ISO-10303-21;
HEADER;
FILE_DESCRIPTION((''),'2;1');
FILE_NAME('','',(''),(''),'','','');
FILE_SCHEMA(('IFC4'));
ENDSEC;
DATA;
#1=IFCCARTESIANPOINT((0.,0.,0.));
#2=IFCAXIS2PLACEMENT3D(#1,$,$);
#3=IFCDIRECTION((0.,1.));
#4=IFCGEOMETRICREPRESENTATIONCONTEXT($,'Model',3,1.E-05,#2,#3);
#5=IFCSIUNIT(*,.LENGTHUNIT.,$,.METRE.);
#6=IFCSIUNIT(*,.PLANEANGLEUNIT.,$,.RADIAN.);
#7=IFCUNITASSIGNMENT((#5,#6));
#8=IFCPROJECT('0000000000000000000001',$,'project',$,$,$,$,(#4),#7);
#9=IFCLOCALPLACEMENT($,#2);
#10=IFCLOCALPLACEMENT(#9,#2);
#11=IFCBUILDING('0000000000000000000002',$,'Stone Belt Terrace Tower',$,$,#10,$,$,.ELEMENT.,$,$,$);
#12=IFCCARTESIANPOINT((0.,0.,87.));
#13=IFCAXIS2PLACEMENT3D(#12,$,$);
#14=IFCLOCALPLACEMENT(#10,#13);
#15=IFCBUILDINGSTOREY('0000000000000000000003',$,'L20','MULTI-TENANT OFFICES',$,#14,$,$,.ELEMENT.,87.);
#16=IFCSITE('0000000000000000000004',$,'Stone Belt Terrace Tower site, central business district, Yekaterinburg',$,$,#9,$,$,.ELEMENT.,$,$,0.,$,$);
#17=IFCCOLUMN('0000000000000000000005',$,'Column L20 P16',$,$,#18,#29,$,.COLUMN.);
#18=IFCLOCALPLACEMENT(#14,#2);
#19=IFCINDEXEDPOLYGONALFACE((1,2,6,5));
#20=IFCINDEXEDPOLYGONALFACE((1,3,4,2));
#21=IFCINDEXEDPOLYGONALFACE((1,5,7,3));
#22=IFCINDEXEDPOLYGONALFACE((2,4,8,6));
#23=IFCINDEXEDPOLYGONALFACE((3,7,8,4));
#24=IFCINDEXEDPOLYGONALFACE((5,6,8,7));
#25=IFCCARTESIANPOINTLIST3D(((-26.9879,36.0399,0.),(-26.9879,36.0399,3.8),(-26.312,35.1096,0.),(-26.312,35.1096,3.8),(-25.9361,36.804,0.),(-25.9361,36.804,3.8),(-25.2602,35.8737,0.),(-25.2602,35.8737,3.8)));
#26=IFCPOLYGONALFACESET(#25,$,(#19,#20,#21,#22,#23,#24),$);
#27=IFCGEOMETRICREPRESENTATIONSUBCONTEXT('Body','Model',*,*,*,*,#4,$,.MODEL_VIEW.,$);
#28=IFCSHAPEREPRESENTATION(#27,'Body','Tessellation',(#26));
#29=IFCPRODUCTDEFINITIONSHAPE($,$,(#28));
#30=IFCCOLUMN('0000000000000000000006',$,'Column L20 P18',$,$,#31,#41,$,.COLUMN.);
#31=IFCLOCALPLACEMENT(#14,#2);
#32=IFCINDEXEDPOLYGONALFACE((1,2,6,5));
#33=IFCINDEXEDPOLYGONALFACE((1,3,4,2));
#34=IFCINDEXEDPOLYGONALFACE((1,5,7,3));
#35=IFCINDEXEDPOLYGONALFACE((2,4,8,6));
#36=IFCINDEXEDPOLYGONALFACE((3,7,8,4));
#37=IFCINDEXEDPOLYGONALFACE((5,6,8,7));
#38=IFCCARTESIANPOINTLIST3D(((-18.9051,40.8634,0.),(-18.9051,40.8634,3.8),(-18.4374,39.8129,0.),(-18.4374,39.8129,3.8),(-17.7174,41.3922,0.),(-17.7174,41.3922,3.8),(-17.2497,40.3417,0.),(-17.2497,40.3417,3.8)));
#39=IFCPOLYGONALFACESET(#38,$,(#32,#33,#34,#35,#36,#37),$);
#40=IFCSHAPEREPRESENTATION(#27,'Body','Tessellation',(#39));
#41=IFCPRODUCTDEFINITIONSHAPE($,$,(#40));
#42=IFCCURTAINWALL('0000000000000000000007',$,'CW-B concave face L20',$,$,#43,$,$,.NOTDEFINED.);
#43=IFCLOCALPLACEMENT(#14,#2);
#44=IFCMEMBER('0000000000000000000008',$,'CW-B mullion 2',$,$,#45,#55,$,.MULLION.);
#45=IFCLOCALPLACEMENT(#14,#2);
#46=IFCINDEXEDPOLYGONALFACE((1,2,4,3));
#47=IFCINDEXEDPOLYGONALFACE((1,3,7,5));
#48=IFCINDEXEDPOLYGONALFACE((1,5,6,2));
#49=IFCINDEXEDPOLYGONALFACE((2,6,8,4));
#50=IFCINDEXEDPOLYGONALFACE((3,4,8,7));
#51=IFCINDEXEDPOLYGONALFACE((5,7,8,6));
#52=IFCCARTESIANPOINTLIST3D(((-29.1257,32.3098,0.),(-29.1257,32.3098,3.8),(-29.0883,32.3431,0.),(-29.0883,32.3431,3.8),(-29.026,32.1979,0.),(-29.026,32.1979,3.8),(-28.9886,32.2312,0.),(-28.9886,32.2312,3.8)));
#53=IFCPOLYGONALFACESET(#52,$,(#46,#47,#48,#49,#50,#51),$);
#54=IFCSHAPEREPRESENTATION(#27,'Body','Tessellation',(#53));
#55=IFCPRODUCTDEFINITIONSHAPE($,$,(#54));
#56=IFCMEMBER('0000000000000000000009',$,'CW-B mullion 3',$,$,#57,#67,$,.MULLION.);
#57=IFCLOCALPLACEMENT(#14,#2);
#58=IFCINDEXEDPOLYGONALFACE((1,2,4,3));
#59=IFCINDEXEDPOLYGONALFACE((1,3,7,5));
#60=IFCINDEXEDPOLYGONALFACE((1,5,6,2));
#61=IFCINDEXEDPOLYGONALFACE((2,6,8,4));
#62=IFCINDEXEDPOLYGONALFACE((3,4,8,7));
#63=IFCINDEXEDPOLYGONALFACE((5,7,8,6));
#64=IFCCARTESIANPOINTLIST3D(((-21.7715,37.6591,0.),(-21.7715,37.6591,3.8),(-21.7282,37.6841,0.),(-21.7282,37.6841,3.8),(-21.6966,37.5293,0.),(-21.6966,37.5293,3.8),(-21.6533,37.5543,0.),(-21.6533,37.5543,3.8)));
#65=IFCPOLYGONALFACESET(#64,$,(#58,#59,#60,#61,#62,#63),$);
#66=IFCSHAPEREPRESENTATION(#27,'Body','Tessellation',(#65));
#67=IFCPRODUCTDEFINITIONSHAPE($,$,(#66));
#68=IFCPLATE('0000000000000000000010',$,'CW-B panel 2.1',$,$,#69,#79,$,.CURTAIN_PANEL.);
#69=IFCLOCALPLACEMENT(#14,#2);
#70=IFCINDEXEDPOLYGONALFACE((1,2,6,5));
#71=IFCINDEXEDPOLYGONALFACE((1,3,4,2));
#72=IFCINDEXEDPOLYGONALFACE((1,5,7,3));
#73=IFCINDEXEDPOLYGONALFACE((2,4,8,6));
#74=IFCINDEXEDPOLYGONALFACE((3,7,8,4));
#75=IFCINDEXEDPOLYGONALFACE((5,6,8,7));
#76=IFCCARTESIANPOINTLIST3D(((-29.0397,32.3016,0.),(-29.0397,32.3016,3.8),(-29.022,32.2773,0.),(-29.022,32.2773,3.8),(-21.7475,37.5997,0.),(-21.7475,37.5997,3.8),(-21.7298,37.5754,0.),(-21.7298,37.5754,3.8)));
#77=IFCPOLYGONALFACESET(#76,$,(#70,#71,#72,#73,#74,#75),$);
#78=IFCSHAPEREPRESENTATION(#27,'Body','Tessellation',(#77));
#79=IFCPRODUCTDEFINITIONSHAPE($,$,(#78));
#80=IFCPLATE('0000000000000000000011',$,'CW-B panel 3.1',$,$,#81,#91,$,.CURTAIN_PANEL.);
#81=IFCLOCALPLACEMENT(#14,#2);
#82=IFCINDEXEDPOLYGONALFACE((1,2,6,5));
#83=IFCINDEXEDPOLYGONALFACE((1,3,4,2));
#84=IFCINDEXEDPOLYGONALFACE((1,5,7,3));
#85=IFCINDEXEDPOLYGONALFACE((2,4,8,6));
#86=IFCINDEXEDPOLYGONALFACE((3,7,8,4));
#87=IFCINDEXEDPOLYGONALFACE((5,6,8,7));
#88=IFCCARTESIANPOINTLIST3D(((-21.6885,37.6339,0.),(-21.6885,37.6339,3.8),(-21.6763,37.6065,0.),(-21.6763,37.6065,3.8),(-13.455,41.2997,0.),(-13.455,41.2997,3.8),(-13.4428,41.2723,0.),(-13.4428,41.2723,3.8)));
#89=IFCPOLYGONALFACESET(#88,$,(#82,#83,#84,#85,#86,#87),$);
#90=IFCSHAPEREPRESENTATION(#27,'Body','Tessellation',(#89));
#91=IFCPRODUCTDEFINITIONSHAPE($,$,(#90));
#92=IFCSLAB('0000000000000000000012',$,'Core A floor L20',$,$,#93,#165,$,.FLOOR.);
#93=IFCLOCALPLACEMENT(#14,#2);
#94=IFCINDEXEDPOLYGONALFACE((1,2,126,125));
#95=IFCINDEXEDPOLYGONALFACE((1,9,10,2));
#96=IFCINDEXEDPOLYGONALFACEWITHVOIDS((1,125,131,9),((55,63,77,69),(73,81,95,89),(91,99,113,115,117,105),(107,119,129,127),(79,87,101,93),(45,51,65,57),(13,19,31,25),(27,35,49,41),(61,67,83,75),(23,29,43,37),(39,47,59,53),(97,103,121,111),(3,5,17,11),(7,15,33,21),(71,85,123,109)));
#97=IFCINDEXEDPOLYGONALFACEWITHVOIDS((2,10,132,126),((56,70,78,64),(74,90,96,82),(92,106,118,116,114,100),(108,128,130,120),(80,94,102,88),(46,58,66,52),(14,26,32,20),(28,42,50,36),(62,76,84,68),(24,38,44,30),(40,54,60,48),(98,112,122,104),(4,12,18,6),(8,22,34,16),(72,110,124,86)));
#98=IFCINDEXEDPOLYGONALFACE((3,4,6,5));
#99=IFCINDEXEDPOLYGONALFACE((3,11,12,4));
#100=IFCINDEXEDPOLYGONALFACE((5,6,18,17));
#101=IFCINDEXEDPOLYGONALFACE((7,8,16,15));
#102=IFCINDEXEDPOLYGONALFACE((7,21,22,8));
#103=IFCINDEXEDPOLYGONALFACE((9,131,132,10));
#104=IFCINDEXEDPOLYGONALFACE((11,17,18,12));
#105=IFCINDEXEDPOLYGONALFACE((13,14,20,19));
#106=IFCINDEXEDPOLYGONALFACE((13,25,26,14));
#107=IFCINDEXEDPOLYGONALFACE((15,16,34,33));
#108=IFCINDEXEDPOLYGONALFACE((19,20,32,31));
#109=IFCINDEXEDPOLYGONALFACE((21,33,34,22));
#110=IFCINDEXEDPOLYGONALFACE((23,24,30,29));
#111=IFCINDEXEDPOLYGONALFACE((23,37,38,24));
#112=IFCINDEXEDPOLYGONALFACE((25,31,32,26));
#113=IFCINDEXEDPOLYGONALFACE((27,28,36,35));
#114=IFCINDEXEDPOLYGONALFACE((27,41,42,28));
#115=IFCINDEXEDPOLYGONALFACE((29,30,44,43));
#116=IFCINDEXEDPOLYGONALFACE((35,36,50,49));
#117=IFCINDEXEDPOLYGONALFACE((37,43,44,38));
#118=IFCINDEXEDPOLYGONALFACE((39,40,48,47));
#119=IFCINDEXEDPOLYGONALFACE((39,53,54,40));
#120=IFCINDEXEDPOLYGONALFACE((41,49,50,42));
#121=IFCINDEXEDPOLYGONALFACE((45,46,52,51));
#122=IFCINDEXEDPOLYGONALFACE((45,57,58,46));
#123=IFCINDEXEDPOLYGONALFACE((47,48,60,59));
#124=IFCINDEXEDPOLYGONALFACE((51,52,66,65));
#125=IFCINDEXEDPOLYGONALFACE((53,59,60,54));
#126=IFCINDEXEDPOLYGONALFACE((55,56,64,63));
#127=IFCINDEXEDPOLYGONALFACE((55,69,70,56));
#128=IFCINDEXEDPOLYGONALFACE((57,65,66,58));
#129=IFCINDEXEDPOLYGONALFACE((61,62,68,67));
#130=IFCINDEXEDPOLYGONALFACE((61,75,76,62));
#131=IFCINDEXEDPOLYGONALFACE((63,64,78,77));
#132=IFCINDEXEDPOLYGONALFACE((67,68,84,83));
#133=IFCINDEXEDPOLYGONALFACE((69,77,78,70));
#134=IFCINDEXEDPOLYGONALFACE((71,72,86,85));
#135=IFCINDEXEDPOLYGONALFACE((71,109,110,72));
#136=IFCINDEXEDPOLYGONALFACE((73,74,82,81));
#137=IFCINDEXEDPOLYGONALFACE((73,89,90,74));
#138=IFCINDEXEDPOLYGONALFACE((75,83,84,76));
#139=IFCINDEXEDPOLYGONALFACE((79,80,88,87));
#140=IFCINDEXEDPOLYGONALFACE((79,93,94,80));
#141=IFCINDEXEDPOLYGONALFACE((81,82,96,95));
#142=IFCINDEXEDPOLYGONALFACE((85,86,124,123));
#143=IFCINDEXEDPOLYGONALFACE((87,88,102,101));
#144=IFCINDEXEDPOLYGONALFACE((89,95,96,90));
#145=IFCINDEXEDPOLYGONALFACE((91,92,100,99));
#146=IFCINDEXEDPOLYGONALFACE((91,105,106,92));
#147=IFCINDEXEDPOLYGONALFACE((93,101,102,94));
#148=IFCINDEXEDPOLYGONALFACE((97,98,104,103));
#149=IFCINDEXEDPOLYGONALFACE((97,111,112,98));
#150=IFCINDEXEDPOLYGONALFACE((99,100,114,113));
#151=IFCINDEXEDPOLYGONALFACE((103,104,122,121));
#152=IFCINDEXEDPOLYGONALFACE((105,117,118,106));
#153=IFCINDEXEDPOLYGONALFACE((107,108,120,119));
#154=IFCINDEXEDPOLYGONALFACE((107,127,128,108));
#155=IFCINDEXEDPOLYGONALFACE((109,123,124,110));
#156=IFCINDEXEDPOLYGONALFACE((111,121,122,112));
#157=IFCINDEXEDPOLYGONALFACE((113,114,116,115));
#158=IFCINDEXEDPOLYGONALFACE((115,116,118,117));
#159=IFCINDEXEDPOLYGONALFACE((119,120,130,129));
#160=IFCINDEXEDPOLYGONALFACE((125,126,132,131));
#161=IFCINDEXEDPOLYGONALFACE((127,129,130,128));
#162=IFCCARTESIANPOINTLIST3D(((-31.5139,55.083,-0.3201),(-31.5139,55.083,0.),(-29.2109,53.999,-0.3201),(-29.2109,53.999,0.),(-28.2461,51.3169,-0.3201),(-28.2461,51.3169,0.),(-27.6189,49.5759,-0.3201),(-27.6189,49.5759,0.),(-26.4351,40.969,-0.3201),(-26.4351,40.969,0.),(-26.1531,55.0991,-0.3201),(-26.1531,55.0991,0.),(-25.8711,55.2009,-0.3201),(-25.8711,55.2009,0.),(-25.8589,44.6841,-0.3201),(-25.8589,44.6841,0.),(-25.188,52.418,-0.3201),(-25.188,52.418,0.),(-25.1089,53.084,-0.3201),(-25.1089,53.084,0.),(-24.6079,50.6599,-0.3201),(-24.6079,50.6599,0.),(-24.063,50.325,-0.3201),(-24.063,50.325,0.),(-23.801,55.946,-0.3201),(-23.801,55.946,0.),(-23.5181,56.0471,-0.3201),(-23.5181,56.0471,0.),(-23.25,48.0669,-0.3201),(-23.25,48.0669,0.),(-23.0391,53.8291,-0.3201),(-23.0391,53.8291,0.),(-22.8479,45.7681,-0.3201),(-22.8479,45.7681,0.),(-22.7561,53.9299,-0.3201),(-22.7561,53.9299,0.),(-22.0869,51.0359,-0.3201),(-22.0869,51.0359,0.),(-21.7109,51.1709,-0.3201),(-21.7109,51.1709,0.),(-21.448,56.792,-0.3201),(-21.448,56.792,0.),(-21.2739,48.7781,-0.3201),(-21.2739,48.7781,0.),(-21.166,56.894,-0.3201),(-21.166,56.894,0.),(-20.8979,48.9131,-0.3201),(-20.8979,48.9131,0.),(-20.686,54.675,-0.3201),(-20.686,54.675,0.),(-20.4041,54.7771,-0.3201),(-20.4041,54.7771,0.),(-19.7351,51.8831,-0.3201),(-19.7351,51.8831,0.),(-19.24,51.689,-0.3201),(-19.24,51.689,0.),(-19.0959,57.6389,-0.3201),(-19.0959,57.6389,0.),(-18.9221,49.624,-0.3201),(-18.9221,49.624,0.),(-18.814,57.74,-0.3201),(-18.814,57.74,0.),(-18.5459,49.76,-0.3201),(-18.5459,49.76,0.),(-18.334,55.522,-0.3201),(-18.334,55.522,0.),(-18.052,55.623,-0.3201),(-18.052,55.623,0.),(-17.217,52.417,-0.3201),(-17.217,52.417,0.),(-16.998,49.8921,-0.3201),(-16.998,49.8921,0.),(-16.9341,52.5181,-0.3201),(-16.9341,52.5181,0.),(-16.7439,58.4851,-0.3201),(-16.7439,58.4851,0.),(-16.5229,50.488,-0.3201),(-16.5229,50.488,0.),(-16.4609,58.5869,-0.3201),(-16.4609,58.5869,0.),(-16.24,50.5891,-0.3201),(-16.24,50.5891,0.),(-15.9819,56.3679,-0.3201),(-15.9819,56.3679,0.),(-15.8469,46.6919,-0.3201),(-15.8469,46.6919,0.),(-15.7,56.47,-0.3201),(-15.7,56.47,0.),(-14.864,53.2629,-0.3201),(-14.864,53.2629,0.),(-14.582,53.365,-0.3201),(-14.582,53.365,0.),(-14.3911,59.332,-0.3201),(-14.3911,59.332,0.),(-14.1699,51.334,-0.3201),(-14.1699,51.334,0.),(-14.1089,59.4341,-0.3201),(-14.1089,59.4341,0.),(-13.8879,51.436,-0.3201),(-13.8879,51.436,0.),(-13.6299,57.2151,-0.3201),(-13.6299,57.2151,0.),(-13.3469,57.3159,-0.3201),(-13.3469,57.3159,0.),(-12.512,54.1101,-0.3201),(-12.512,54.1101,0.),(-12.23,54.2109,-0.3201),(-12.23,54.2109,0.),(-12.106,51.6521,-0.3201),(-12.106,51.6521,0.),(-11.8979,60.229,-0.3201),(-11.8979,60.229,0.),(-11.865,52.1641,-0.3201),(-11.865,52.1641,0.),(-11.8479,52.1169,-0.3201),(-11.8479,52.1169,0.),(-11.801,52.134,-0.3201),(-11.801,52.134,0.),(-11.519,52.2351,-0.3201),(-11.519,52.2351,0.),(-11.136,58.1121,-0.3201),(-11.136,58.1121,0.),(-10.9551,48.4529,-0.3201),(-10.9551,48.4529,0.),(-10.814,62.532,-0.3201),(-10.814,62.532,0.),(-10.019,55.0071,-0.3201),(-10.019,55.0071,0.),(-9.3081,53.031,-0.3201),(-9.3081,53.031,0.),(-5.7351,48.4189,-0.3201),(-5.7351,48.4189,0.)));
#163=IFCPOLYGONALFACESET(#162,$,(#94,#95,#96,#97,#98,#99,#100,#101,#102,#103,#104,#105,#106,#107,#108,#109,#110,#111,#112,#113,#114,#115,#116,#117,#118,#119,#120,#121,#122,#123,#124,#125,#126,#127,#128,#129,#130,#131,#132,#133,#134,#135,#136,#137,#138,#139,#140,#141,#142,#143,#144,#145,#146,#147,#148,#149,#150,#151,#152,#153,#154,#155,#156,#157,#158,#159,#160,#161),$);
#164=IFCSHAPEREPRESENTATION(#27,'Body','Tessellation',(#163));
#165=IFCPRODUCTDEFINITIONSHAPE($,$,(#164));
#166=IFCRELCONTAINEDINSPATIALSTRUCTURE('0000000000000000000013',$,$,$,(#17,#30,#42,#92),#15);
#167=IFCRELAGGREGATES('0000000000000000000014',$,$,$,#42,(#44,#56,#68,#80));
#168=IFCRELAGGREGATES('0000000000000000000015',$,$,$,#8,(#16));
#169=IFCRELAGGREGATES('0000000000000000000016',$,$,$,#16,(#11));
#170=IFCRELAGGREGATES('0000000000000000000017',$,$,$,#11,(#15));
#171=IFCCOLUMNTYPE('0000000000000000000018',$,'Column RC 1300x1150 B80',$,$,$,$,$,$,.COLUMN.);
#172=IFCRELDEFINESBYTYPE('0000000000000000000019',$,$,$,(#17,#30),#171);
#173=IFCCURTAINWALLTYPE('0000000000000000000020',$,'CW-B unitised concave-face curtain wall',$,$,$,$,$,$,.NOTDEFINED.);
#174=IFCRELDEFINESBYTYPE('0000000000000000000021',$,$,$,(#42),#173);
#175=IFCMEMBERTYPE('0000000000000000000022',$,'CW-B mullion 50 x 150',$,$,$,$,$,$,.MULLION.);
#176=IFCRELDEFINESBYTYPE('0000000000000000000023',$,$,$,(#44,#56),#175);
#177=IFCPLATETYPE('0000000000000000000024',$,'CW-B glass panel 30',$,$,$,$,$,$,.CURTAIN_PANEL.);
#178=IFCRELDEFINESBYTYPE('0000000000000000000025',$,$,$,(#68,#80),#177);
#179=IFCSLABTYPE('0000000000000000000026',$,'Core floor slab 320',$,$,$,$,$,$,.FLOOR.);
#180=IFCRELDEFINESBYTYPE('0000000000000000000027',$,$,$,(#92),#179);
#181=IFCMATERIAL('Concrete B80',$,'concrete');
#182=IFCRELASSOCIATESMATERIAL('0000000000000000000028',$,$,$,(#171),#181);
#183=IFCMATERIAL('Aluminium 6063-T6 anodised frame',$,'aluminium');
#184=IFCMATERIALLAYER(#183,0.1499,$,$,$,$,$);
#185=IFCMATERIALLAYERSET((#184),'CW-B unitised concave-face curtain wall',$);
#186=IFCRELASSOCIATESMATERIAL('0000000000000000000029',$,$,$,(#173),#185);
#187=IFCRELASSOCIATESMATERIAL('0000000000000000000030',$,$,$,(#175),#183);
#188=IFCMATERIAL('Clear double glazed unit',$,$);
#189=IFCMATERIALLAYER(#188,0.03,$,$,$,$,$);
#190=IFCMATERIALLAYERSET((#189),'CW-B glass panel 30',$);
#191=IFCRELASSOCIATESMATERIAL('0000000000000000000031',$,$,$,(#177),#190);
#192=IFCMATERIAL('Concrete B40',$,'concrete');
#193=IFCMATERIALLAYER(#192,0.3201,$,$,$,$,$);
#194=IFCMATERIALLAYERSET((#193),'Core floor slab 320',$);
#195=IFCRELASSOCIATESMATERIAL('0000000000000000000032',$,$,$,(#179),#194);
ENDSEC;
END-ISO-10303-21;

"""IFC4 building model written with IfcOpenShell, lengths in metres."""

from ifc_helpers import new_model, si_unit, direction, frame, origin, origin_2d, place, context, subcontext, project, spatial, polyline, rectangle, outline, extrude, material, layer, layer_set, material_profile, profile_set, type_object, element, aggregate, save


model = new_model("IFC4")

# Units and contexts
model_context = context("Model", 3, precision=1e-05, world=origin(), true_north=direction((0.0, 1.0)))
body_context = subcontext(model_context, "Body", "Model", "MODEL_VIEW")
ifc_project = project(units=[si_unit("LENGTHUNIT", "METRE"), si_unit("PLANEANGLEUNIT", "RADIAN")], contexts=[model_context])

# Site, building, storey
site_placement = place(None, origin())
site = spatial("IfcSite", under=ifc_project, at=site_placement, Name="Stone Belt Terrace Tower site, central business district, Yekaterinburg", CompositionType="ELEMENT", RefElevation=0.0)
building_placement = place(site_placement, origin())
building = spatial("IfcBuilding", under=site, at=building_placement, Name="Stone Belt Terrace Tower", CompositionType="ELEMENT")
storey_placement = place(building_placement, frame((0.0, 0.0, 87.0)))
storey = spatial("IfcBuildingStorey", under=building, at=storey_placement, Name="L20", Description="MULTI-TENANT OFFICES", CompositionType="ELEMENT", Elevation=87.0)

# Columns
ifc_material_1 = material(Name="Concrete B80", Category="concrete")
ifc_material_profile_1 = material_profile(ifc_material_1, rectangle(XDim=1.3, YDim=1.1499, at=origin_2d()), Name="RC 1300x1150")
ifc_profile_set_1 = profile_set([ifc_material_profile_1], Name="Concrete B80")
column_type = type_object("IfcColumnType", Name="Column RC 1300x1150 B80", PredefinedType="COLUMN", material=ifc_profile_set_1)
for number, where, z_axis, x_axis, name in (
    (1, (-26.124, 35.9568, 0.0), (0.0, 0.0, 1.0), (0.809017, 0.587785, 0.0), "Column L20 P16"),
    (2, (-18.0774, 40.6025, 0.0), (0.0, 0.0, 1.0), (0.913545, 0.406737, 0.0), "Column L20 P18"),
):
    element("IfcColumn", number, at=place(storey_placement, frame(where, z_axis=z_axis, x_axis=x_axis)), inside=storey, type_object=column_type, Name=name, PredefinedType="COLUMN", context=body_context, shape_type="SweptSolid", body=[
        extrude(rectangle(XDim=1.3, YDim=1.1499, at=origin_2d()), origin(), (0.0, 0.0, 1.0), 3.8),
    ])

# Curtain wall, members, plates
ifc_material_2 = material(Name="Aluminium 6063-T6 anodised frame", Category="aluminium")
ifc_layer_1 = layer(ifc_material_2, 0.1499)
ifc_layer_set_1 = layer_set([ifc_layer_1], Name="CW-B unitised concave-face curtain wall")
curtain_wall_type = type_object("IfcCurtainWallType", Name="CW-B unitised concave-face curtain wall", PredefinedType="NOTDEFINED", material=ifc_layer_set_1)
curtain_wall_placement = place(storey_placement, origin())
curtain_wall = element("IfcCurtainWall", 3, at=curtain_wall_placement, inside=storey, type_object=curtain_wall_type, Name="CW-B concave face L20", PredefinedType="NOTDEFINED")
ifc_material_profile_2 = material_profile(ifc_material_2, rectangle(XDim=0.1499, YDim=0.05, at=origin_2d()), Name="Aluminium 6063-T6 50x150")
ifc_profile_set_2 = profile_set([ifc_material_profile_2], Name="Aluminium 6063-T6 anodised frame")
member_type = type_object("IfcMemberType", Name="CW-B mullion 50 x 150", PredefinedType="MULLION", material=ifc_profile_set_2)
member_1_placement = place(storey_placement, frame((-29.0571, 32.2705, 0.0), z_axis=(0.0, 0.0, 1.0), x_axis=(-0.664944, 0.746893, 0.0)))
member_1 = element("IfcMember", 4, at=member_1_placement, type_object=member_type, Name="CW-B mullion 2", PredefinedType="MULLION", context=body_context, shape_type="SweptSolid", body=[
    extrude(rectangle(XDim=0.1499, YDim=0.05, at=origin_2d()), origin(), (0.0, 0.0, 1.0), 3.8),
])
member_2_placement = place(storey_placement, frame((-21.7124, 37.6067, 0.0), z_axis=(0.0, 0.0, 1.0), x_axis=(-0.5, 0.866025, 0.0)))
member_2 = element("IfcMember", 5, at=member_2_placement, type_object=member_type, Name="CW-B mullion 3", PredefinedType="MULLION", context=body_context, shape_type="SweptSolid", body=[
    extrude(rectangle(XDim=0.1499, YDim=0.05, at=origin_2d()), origin(), (0.0, 0.0, 1.0), 3.8),
])
ifc_material_3 = material(Name="Clear double glazed unit")
ifc_layer_2 = layer(ifc_material_3, 0.03)
ifc_layer_set_2 = layer_set([ifc_layer_2], Name="CW-B glass panel 30")
plate_type = type_object("IfcPlateType", Name="CW-B glass panel 30", PredefinedType="CURTAIN_PANEL", material=ifc_layer_set_2)
plate_1_placement = place(storey_placement, frame((-25.3848, 34.9385, 0.0), z_axis=(0.0, 0.0, 1.0), x_axis=(0.809017, 0.587785, 0.0)))
plate_1 = element("IfcPlate", 6, at=plate_1_placement, type_object=plate_type, Name="CW-B panel 2.1", PredefinedType="CURTAIN_PANEL", context=body_context, shape_type="SweptSolid", body=[
    extrude(rectangle(XDim=9.0137, YDim=0.03, at=origin_2d()), origin(), (0.0, 0.0, 1.0), 3.8),
])
plate_2_placement = place(storey_placement, frame((-17.5657, 39.4531, 0.0), z_axis=(0.0, 0.0, 1.0), x_axis=(0.913545, 0.406737, 0.0)))
plate_2 = element("IfcPlate", 7, at=plate_2_placement, type_object=plate_type, Name="CW-B panel 3.1", PredefinedType="CURTAIN_PANEL", context=body_context, shape_type="SweptSolid", body=[
    extrude(rectangle(XDim=9.0127, YDim=0.03, at=origin_2d()), origin(), (0.0, 0.0, 1.0), 3.8),
])
aggregate(curtain_wall, [member_1, member_2, plate_1, plate_2])

# Slab
ifc_material_4 = material(Name="Concrete B40", Category="concrete")
ifc_layer_3 = layer(ifc_material_4, 0.3201)
ifc_layer_set_3 = layer_set([ifc_layer_3], Name="Core floor slab 320")
slab_type_1 = type_object("IfcSlabType", Name="Core floor slab 320", PredefinedType="FLOOR", material=ifc_layer_set_3)
slab_1_placement = place(storey_placement, frame((0.0, 0.0, -0.3201)))
element("IfcSlab", 8, at=slab_1_placement, inside=storey, type_object=slab_type_1, Name="Core A floor L20", PredefinedType="FLOOR", context=body_context, shape_type="SweptSolid", body=[
    extrude(outline(polyline([(-26.4351, 40.969), (-5.7351, 48.4189), (-10.814, 62.532), (-31.5139, 55.083), (-26.4351, 40.969)]), holes=[polyline([(-24.6079, 50.6599), (-22.8479, 45.7681), (-25.8589, 44.6841), (-27.6189, 49.5759), (-24.6079, 50.6599)]), polyline([(-21.2739, 48.7781), (-23.25, 48.0669), (-24.063, 50.325), (-22.0869, 51.0359), (-21.2739, 48.7781)]), polyline([(-18.9221, 49.624), (-20.8979, 48.9131), (-21.7109, 51.1709), (-19.7351, 51.8831), (-18.9221, 49.624)]), polyline([(-19.24, 51.689), (-17.217, 52.417), (-16.5229, 50.488), (-18.5459, 49.76), (-19.24, 51.689)]), polyline([(-29.2109, 53.999), (-26.1531, 55.0991), (-25.188, 52.418), (-28.2461, 51.3169), (-29.2109, 53.999)]), polyline([(-23.801, 55.946), (-23.0391, 53.8291), (-25.1089, 53.084), (-25.8711, 55.2009), (-23.801, 55.946)]), polyline([(-21.448, 56.792), (-20.686, 54.675), (-22.7561, 53.9299), (-23.5181, 56.0471), (-21.448, 56.792)]), polyline([(-19.0959, 57.6389), (-18.334, 55.522), (-20.4041, 54.7771), (-21.166, 56.894), (-19.0959, 57.6389)]), polyline([(-15.8469, 46.6919), (-16.998, 49.8921), (-12.106, 51.6521), (-10.9551, 48.4529), (-15.8469, 46.6919)]), polyline([(-16.24, 50.5891), (-16.9341, 52.5181), (-14.864, 53.2629), (-14.1699, 51.334), (-16.24, 50.5891)]), polyline([(-11.801, 52.134), (-11.8479, 52.1169), (-11.865, 52.1641), (-13.8879, 51.436), (-14.582, 53.365), (-12.512, 54.1101), (-11.801, 52.134)]), polyline([(-9.3081, 53.031), (-11.519, 52.2351), (-12.23, 54.2109), (-10.019, 55.0071), (-9.3081, 53.031)]), polyline([(-16.7439, 58.4851), (-15.9819, 56.3679), (-18.052, 55.623), (-18.814, 57.74), (-16.7439, 58.4851)]), polyline([(-14.3911, 59.332), (-13.6299, 57.2151), (-15.7, 56.47), (-16.4609, 58.5869), (-14.3911, 59.332)]), polyline([(-11.8979, 60.229), (-11.136, 58.1121), (-13.3469, 57.3159), (-14.1089, 59.4341), (-11.8979, 60.229)])]), origin(), (0.0, 0.0, 1.0), 0.3201),
])

save(model, "model.ifc")
